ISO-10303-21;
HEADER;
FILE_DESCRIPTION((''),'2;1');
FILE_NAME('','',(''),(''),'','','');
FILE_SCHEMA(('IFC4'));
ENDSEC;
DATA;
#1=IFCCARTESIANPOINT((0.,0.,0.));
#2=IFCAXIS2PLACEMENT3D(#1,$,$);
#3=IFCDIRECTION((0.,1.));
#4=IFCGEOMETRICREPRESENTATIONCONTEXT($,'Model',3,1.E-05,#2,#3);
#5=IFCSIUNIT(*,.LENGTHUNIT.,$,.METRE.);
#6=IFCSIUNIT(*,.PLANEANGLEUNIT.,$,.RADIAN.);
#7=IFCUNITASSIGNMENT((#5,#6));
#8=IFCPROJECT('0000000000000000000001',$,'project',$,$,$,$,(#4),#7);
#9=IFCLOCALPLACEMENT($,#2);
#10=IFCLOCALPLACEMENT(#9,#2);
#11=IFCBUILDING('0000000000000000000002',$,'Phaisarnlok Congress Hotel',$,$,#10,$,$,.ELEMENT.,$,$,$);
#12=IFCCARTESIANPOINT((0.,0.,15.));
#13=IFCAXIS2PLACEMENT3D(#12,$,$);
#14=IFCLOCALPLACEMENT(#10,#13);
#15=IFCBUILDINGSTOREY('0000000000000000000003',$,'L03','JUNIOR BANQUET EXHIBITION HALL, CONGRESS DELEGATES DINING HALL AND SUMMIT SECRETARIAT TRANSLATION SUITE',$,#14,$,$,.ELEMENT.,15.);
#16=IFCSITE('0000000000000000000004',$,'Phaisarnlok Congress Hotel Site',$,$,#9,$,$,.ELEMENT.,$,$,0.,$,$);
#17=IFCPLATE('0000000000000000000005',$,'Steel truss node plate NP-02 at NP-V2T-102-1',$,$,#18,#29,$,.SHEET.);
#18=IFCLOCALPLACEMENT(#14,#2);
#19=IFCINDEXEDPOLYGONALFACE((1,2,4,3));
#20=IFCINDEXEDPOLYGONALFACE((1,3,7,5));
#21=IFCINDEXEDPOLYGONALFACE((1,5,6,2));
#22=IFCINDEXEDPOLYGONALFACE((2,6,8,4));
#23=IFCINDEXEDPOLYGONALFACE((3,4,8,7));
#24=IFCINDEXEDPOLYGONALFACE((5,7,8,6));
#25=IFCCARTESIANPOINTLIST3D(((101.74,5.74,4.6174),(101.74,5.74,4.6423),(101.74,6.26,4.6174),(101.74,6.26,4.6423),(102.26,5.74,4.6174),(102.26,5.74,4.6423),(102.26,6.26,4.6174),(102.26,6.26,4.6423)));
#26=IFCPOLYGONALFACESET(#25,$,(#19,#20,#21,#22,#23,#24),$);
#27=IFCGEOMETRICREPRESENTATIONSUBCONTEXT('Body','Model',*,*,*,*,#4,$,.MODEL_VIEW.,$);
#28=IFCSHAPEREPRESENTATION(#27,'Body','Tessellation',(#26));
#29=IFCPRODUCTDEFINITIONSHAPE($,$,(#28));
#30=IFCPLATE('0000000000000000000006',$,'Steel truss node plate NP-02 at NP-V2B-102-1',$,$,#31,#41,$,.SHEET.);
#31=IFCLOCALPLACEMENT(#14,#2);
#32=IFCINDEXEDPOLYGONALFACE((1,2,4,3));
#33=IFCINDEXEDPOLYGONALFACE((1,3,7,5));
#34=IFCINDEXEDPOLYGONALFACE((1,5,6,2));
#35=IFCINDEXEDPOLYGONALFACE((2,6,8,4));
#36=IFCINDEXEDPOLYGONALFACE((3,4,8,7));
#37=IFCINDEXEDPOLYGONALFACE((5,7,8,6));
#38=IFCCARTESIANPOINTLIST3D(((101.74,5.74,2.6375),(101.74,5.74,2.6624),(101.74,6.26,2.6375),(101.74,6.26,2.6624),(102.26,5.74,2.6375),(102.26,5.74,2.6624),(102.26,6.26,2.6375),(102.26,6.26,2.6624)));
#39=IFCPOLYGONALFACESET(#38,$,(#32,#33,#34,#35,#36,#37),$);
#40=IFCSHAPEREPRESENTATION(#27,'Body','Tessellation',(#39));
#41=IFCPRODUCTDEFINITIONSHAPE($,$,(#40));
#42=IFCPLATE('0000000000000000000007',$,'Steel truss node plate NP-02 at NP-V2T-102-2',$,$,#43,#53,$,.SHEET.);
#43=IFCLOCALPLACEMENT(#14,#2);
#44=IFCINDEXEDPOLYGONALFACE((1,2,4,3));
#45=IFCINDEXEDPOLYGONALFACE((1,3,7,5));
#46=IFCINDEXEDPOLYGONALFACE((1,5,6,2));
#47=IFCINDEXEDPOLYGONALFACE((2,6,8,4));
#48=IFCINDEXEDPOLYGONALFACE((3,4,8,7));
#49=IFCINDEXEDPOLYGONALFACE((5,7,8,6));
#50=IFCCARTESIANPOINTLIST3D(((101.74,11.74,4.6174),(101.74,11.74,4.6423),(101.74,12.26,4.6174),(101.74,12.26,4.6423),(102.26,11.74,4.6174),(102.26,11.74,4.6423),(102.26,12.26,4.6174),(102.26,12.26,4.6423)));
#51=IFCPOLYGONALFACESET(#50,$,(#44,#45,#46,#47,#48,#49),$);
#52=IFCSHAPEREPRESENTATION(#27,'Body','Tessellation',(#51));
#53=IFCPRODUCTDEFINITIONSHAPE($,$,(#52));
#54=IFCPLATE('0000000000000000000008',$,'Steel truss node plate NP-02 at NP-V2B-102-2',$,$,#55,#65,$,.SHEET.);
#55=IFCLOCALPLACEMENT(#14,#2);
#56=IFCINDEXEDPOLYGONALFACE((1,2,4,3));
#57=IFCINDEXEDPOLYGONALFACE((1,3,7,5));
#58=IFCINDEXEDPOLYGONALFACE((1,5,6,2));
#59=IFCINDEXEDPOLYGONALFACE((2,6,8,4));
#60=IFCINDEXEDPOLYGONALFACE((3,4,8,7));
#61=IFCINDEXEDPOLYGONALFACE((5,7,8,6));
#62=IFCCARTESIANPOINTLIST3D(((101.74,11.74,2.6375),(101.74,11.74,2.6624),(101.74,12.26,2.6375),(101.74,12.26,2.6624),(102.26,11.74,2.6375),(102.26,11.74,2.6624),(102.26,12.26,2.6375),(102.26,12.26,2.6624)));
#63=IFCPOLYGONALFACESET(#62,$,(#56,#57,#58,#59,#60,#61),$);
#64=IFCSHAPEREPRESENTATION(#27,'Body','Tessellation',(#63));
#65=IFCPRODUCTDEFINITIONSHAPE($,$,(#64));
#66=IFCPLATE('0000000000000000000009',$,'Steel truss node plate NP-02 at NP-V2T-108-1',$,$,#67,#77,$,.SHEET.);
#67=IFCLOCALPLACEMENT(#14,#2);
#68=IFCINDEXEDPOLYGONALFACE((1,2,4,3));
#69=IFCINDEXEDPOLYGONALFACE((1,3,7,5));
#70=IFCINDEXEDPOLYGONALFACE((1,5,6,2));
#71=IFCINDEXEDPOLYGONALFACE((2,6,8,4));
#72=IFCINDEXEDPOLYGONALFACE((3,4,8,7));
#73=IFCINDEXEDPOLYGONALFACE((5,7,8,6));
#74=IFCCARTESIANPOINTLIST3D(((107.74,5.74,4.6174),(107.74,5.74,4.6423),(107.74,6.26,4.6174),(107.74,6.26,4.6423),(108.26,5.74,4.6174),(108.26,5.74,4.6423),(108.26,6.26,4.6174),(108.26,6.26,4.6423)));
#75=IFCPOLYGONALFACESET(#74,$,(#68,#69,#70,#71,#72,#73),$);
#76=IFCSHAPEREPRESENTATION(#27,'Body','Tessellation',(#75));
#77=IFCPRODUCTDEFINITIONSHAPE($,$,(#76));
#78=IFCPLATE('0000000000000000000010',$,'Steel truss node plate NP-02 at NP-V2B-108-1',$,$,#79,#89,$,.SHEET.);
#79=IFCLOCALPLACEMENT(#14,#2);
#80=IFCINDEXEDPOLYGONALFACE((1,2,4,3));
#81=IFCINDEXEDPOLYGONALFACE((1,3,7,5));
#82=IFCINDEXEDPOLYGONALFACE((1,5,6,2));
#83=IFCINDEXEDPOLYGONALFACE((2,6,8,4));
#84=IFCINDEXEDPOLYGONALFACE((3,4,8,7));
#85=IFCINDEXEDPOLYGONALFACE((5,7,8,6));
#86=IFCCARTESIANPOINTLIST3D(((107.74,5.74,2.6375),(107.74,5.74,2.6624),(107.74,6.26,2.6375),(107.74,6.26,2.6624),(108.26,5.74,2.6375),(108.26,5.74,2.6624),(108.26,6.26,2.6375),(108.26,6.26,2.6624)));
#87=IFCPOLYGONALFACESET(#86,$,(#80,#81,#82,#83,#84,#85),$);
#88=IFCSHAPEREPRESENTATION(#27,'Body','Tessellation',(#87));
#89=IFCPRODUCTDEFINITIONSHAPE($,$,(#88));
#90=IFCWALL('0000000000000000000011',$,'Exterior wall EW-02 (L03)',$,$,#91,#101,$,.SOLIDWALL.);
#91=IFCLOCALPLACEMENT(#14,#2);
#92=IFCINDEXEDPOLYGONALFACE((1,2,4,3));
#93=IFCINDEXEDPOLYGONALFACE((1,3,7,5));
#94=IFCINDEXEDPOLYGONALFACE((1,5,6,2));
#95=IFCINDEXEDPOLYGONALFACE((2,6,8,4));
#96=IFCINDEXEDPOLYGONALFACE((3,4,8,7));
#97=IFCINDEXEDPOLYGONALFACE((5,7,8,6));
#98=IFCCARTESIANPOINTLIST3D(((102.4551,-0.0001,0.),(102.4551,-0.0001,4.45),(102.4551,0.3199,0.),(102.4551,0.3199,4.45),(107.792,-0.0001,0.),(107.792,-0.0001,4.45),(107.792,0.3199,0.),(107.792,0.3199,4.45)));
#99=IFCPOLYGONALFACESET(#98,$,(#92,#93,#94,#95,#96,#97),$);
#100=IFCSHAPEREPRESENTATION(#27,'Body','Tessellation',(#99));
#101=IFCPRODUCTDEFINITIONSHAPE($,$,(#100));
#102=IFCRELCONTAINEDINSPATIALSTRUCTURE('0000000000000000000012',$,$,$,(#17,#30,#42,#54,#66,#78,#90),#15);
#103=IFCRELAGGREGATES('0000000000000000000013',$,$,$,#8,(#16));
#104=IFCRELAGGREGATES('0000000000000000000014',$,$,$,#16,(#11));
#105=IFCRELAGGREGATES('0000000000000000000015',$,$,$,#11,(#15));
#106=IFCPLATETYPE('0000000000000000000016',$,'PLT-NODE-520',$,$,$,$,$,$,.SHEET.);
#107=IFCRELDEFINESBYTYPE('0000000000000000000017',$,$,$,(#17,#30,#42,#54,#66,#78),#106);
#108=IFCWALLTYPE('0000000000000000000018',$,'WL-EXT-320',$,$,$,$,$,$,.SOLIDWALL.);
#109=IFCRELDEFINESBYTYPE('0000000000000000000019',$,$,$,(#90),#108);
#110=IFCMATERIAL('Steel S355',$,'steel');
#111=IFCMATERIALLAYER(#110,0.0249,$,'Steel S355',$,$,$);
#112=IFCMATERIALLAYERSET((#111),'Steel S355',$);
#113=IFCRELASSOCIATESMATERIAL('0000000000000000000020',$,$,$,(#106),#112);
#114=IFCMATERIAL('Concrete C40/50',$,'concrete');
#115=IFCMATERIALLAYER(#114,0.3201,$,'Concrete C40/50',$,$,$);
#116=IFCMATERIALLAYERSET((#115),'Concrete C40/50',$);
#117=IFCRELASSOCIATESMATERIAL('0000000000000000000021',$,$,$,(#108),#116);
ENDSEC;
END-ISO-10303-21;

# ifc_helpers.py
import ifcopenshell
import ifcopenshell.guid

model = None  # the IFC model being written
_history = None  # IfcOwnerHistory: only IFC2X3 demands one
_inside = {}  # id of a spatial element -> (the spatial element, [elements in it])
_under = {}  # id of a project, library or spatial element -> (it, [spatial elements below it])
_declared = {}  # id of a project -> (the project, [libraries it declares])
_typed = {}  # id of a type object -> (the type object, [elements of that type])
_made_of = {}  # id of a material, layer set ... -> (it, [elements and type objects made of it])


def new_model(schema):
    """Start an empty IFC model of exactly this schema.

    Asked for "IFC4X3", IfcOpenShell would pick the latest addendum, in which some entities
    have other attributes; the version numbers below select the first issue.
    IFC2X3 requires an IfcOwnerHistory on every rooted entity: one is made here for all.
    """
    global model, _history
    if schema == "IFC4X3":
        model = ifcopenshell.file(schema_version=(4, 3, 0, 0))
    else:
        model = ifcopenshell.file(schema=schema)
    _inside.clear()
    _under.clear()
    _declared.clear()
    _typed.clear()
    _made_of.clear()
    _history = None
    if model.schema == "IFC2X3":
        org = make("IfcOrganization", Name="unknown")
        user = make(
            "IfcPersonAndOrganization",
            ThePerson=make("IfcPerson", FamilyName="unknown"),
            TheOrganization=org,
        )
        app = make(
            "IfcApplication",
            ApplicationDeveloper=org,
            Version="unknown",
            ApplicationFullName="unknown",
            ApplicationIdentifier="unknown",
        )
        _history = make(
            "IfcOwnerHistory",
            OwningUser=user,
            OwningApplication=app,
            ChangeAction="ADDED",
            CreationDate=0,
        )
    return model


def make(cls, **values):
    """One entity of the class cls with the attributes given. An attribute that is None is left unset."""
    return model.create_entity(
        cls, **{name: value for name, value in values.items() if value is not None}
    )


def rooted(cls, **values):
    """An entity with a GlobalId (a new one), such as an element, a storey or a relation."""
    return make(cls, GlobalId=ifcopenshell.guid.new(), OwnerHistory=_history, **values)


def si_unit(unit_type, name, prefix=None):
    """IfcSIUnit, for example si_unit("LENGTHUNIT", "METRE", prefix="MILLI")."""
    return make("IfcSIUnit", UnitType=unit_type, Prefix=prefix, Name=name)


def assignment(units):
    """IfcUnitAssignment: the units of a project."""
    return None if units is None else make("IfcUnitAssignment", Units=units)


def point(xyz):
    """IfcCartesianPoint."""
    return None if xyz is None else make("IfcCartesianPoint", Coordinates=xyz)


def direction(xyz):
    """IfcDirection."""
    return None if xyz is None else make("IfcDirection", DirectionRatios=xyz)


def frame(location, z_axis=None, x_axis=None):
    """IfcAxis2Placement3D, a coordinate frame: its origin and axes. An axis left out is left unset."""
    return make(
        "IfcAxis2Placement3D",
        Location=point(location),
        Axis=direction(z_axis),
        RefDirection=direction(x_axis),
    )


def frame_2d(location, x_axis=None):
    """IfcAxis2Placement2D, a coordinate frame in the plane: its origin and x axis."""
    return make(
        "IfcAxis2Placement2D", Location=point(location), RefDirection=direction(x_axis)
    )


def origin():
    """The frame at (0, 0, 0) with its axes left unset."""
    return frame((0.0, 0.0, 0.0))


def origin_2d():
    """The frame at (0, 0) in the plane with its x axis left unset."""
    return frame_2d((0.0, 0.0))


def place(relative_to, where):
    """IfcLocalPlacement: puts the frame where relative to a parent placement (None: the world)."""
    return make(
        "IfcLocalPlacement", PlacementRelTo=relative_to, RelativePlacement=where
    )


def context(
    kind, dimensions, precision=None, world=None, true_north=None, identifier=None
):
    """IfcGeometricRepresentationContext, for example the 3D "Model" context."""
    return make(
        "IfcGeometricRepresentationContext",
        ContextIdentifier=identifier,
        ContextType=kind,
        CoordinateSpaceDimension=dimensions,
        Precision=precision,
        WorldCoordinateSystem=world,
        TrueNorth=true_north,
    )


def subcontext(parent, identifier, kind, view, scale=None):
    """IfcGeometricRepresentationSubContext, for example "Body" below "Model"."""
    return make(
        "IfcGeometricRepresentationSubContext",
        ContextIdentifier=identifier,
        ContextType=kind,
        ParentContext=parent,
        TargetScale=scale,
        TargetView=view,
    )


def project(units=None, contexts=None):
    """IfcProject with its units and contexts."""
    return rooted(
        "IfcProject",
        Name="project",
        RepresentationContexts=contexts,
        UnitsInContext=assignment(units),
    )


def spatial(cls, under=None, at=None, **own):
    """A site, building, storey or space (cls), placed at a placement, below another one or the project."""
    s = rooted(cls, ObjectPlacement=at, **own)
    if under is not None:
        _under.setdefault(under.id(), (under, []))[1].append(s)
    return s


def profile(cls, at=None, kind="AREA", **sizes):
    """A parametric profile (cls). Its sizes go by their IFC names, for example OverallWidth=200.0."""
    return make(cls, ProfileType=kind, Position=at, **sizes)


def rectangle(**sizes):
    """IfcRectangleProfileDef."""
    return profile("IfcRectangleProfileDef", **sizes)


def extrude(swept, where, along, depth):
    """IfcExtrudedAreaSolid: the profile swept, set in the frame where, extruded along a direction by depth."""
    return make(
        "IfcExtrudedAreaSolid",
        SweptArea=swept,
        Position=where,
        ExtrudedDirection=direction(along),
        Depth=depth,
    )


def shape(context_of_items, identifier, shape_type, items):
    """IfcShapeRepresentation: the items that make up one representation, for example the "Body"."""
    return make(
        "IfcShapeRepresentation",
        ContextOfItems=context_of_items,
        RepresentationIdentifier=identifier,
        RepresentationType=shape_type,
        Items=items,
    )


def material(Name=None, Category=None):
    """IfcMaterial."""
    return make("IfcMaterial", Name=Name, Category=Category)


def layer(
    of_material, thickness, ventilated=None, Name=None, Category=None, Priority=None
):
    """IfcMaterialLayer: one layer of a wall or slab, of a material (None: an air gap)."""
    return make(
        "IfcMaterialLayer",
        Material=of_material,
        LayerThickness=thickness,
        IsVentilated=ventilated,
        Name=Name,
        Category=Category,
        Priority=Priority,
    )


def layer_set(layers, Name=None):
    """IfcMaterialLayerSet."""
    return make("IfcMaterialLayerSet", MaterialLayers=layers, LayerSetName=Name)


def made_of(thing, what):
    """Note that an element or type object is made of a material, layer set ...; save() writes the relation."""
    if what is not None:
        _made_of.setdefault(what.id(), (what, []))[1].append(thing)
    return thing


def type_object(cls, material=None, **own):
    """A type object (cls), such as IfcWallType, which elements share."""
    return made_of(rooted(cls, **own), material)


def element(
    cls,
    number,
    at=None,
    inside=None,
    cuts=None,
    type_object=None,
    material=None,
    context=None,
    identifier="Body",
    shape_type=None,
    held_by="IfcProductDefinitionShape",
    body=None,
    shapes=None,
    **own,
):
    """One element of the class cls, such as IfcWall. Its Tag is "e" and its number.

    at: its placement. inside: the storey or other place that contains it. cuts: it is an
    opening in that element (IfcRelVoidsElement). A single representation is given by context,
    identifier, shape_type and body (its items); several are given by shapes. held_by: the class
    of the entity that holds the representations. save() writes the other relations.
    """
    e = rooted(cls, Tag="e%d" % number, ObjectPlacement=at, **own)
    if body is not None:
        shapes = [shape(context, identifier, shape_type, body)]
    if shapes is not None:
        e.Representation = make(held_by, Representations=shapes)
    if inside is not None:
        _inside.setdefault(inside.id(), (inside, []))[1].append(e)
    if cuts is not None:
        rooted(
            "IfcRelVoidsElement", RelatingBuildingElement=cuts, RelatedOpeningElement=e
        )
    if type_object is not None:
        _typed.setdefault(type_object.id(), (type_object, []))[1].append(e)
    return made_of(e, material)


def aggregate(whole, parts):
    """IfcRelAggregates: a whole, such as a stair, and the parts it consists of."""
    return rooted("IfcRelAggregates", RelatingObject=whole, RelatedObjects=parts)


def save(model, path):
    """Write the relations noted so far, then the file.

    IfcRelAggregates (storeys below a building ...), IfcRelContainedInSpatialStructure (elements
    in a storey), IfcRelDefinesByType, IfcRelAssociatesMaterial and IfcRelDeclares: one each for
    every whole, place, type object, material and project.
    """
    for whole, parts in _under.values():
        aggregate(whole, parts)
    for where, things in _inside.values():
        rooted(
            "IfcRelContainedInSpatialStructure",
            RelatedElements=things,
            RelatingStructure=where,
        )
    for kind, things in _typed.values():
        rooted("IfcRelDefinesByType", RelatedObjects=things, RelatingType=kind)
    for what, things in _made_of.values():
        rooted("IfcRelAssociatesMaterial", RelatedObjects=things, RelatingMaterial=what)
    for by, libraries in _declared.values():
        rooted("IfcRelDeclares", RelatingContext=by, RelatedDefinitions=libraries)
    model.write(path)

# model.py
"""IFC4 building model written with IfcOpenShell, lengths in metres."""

from ifc_helpers import new_model, si_unit, direction, frame, frame_2d, origin, origin_2d, place, context, subcontext, project, spatial, rectangle, extrude, material, layer, layer_set, type_object, element, save


model = new_model("IFC4")

# Units and contexts
model_context = context("Model", 3, precision=1e-05, world=origin(), true_north=direction((0.0, 1.0)))
body_context = subcontext(model_context, "Body", "Model", "MODEL_VIEW")
ifc_project = project(units=[si_unit("LENGTHUNIT", "METRE"), si_unit("PLANEANGLEUNIT", "RADIAN")], contexts=[model_context])

# Site, building, storey
site_placement = place(None, origin())
site = spatial("IfcSite", under=ifc_project, at=site_placement, Name="Phaisarnlok Congress Hotel Site", CompositionType="ELEMENT", RefElevation=0.0)
building_placement = place(site_placement, origin())
building = spatial("IfcBuilding", under=site, at=building_placement, Name="Phaisarnlok Congress Hotel", CompositionType="ELEMENT")
storey_placement = place(building_placement, frame((0.0, 0.0, 15.0)))
storey = spatial("IfcBuildingStorey", under=building, at=storey_placement, Name="L03", Description="JUNIOR BANQUET EXHIBITION HALL, CONGRESS DELEGATES DINING HALL AND SUMMIT SECRETARIAT TRANSLATION SUITE", CompositionType="ELEMENT", Elevation=15.0)

# Shared definitions
ifc_material_1 = material(Name="Concrete C40/50", Category="concrete")

# Shared definitions
ifc_material_2 = material(Name="Steel S355", Category="steel")

# Plates
ifc_layer_1 = layer(ifc_material_2, 0.0249, Name="Steel S355")
ifc_layer_set_1 = layer_set([ifc_layer_1], Name="Steel S355")
plate_type_1 = type_object("IfcPlateType", Name="PLT-NODE-520", PredefinedType="SHEET", material=ifc_layer_set_1)
for number, where, z_axis, x_axis, name in (
    (1, (102.0, 6.0, 4.6174), (0.0, 0.0, 1.0), (1.0, 0.0, 0.0), "Steel truss node plate NP-02 at NP-V2T-102-1"),
    (2, (102.0, 6.0, 2.6375), (0.0, 0.0, 1.0), (1.0, 0.0, 0.0), "Steel truss node plate NP-02 at NP-V2B-102-1"),
    (3, (102.0, 12.0, 4.6174), (0.0, 0.0, 1.0), (1.0, 0.0, 0.0), "Steel truss node plate NP-02 at NP-V2T-102-2"),
    (4, (102.0, 12.0, 2.6375), (0.0, 0.0, 1.0), (1.0, 0.0, 0.0), "Steel truss node plate NP-02 at NP-V2B-102-2"),
    (5, (108.0, 6.0, 4.6174), (0.0, 0.0, 1.0), (1.0, 0.0, 0.0), "Steel truss node plate NP-02 at NP-V2T-108-1"),
    (6, (108.0, 6.0, 2.6375), (0.0, 0.0, 1.0), (1.0, 0.0, 0.0), "Steel truss node plate NP-02 at NP-V2B-108-1"),
):
    element("IfcPlate", number, at=place(storey_placement, frame(where, z_axis=z_axis, x_axis=x_axis)), inside=storey, type_object=plate_type_1, Name=name, PredefinedType="SHEET", context=body_context, shape_type="SweptSolid", body=[
        extrude(rectangle(XDim=0.52, YDim=0.52, at=origin_2d()), origin(), (0.0, 0.0, 1.0), 0.0249),
    ])

# Wall
ifc_layer_2 = layer(ifc_material_1, 0.3201, Name="Concrete C40/50")
ifc_layer_set_2 = layer_set([ifc_layer_2], Name="Concrete C40/50")
wall_type_1 = type_object("IfcWallType", Name="WL-EXT-320", PredefinedType="SOLIDWALL", material=ifc_layer_set_2)
wall_1_placement = place(storey_placement, frame((102.4551, 0.1599, 0.0), z_axis=(0.0, 0.0, 1.0), x_axis=(1.0, 0.0, 0.0)))
element("IfcWall", 7, at=wall_1_placement, inside=storey, type_object=wall_type_1, Name="Exterior wall EW-02 (L03)", PredefinedType="SOLIDWALL", context=body_context, shape_type="SweptSolid", body=[
    extrude(rectangle(XDim=5.3369, YDim=0.3201, at=frame_2d((2.6685, 0.0))), origin(), (0.0, 0.0, 1.0), 4.45),
])

save(model, "model.ifc")
